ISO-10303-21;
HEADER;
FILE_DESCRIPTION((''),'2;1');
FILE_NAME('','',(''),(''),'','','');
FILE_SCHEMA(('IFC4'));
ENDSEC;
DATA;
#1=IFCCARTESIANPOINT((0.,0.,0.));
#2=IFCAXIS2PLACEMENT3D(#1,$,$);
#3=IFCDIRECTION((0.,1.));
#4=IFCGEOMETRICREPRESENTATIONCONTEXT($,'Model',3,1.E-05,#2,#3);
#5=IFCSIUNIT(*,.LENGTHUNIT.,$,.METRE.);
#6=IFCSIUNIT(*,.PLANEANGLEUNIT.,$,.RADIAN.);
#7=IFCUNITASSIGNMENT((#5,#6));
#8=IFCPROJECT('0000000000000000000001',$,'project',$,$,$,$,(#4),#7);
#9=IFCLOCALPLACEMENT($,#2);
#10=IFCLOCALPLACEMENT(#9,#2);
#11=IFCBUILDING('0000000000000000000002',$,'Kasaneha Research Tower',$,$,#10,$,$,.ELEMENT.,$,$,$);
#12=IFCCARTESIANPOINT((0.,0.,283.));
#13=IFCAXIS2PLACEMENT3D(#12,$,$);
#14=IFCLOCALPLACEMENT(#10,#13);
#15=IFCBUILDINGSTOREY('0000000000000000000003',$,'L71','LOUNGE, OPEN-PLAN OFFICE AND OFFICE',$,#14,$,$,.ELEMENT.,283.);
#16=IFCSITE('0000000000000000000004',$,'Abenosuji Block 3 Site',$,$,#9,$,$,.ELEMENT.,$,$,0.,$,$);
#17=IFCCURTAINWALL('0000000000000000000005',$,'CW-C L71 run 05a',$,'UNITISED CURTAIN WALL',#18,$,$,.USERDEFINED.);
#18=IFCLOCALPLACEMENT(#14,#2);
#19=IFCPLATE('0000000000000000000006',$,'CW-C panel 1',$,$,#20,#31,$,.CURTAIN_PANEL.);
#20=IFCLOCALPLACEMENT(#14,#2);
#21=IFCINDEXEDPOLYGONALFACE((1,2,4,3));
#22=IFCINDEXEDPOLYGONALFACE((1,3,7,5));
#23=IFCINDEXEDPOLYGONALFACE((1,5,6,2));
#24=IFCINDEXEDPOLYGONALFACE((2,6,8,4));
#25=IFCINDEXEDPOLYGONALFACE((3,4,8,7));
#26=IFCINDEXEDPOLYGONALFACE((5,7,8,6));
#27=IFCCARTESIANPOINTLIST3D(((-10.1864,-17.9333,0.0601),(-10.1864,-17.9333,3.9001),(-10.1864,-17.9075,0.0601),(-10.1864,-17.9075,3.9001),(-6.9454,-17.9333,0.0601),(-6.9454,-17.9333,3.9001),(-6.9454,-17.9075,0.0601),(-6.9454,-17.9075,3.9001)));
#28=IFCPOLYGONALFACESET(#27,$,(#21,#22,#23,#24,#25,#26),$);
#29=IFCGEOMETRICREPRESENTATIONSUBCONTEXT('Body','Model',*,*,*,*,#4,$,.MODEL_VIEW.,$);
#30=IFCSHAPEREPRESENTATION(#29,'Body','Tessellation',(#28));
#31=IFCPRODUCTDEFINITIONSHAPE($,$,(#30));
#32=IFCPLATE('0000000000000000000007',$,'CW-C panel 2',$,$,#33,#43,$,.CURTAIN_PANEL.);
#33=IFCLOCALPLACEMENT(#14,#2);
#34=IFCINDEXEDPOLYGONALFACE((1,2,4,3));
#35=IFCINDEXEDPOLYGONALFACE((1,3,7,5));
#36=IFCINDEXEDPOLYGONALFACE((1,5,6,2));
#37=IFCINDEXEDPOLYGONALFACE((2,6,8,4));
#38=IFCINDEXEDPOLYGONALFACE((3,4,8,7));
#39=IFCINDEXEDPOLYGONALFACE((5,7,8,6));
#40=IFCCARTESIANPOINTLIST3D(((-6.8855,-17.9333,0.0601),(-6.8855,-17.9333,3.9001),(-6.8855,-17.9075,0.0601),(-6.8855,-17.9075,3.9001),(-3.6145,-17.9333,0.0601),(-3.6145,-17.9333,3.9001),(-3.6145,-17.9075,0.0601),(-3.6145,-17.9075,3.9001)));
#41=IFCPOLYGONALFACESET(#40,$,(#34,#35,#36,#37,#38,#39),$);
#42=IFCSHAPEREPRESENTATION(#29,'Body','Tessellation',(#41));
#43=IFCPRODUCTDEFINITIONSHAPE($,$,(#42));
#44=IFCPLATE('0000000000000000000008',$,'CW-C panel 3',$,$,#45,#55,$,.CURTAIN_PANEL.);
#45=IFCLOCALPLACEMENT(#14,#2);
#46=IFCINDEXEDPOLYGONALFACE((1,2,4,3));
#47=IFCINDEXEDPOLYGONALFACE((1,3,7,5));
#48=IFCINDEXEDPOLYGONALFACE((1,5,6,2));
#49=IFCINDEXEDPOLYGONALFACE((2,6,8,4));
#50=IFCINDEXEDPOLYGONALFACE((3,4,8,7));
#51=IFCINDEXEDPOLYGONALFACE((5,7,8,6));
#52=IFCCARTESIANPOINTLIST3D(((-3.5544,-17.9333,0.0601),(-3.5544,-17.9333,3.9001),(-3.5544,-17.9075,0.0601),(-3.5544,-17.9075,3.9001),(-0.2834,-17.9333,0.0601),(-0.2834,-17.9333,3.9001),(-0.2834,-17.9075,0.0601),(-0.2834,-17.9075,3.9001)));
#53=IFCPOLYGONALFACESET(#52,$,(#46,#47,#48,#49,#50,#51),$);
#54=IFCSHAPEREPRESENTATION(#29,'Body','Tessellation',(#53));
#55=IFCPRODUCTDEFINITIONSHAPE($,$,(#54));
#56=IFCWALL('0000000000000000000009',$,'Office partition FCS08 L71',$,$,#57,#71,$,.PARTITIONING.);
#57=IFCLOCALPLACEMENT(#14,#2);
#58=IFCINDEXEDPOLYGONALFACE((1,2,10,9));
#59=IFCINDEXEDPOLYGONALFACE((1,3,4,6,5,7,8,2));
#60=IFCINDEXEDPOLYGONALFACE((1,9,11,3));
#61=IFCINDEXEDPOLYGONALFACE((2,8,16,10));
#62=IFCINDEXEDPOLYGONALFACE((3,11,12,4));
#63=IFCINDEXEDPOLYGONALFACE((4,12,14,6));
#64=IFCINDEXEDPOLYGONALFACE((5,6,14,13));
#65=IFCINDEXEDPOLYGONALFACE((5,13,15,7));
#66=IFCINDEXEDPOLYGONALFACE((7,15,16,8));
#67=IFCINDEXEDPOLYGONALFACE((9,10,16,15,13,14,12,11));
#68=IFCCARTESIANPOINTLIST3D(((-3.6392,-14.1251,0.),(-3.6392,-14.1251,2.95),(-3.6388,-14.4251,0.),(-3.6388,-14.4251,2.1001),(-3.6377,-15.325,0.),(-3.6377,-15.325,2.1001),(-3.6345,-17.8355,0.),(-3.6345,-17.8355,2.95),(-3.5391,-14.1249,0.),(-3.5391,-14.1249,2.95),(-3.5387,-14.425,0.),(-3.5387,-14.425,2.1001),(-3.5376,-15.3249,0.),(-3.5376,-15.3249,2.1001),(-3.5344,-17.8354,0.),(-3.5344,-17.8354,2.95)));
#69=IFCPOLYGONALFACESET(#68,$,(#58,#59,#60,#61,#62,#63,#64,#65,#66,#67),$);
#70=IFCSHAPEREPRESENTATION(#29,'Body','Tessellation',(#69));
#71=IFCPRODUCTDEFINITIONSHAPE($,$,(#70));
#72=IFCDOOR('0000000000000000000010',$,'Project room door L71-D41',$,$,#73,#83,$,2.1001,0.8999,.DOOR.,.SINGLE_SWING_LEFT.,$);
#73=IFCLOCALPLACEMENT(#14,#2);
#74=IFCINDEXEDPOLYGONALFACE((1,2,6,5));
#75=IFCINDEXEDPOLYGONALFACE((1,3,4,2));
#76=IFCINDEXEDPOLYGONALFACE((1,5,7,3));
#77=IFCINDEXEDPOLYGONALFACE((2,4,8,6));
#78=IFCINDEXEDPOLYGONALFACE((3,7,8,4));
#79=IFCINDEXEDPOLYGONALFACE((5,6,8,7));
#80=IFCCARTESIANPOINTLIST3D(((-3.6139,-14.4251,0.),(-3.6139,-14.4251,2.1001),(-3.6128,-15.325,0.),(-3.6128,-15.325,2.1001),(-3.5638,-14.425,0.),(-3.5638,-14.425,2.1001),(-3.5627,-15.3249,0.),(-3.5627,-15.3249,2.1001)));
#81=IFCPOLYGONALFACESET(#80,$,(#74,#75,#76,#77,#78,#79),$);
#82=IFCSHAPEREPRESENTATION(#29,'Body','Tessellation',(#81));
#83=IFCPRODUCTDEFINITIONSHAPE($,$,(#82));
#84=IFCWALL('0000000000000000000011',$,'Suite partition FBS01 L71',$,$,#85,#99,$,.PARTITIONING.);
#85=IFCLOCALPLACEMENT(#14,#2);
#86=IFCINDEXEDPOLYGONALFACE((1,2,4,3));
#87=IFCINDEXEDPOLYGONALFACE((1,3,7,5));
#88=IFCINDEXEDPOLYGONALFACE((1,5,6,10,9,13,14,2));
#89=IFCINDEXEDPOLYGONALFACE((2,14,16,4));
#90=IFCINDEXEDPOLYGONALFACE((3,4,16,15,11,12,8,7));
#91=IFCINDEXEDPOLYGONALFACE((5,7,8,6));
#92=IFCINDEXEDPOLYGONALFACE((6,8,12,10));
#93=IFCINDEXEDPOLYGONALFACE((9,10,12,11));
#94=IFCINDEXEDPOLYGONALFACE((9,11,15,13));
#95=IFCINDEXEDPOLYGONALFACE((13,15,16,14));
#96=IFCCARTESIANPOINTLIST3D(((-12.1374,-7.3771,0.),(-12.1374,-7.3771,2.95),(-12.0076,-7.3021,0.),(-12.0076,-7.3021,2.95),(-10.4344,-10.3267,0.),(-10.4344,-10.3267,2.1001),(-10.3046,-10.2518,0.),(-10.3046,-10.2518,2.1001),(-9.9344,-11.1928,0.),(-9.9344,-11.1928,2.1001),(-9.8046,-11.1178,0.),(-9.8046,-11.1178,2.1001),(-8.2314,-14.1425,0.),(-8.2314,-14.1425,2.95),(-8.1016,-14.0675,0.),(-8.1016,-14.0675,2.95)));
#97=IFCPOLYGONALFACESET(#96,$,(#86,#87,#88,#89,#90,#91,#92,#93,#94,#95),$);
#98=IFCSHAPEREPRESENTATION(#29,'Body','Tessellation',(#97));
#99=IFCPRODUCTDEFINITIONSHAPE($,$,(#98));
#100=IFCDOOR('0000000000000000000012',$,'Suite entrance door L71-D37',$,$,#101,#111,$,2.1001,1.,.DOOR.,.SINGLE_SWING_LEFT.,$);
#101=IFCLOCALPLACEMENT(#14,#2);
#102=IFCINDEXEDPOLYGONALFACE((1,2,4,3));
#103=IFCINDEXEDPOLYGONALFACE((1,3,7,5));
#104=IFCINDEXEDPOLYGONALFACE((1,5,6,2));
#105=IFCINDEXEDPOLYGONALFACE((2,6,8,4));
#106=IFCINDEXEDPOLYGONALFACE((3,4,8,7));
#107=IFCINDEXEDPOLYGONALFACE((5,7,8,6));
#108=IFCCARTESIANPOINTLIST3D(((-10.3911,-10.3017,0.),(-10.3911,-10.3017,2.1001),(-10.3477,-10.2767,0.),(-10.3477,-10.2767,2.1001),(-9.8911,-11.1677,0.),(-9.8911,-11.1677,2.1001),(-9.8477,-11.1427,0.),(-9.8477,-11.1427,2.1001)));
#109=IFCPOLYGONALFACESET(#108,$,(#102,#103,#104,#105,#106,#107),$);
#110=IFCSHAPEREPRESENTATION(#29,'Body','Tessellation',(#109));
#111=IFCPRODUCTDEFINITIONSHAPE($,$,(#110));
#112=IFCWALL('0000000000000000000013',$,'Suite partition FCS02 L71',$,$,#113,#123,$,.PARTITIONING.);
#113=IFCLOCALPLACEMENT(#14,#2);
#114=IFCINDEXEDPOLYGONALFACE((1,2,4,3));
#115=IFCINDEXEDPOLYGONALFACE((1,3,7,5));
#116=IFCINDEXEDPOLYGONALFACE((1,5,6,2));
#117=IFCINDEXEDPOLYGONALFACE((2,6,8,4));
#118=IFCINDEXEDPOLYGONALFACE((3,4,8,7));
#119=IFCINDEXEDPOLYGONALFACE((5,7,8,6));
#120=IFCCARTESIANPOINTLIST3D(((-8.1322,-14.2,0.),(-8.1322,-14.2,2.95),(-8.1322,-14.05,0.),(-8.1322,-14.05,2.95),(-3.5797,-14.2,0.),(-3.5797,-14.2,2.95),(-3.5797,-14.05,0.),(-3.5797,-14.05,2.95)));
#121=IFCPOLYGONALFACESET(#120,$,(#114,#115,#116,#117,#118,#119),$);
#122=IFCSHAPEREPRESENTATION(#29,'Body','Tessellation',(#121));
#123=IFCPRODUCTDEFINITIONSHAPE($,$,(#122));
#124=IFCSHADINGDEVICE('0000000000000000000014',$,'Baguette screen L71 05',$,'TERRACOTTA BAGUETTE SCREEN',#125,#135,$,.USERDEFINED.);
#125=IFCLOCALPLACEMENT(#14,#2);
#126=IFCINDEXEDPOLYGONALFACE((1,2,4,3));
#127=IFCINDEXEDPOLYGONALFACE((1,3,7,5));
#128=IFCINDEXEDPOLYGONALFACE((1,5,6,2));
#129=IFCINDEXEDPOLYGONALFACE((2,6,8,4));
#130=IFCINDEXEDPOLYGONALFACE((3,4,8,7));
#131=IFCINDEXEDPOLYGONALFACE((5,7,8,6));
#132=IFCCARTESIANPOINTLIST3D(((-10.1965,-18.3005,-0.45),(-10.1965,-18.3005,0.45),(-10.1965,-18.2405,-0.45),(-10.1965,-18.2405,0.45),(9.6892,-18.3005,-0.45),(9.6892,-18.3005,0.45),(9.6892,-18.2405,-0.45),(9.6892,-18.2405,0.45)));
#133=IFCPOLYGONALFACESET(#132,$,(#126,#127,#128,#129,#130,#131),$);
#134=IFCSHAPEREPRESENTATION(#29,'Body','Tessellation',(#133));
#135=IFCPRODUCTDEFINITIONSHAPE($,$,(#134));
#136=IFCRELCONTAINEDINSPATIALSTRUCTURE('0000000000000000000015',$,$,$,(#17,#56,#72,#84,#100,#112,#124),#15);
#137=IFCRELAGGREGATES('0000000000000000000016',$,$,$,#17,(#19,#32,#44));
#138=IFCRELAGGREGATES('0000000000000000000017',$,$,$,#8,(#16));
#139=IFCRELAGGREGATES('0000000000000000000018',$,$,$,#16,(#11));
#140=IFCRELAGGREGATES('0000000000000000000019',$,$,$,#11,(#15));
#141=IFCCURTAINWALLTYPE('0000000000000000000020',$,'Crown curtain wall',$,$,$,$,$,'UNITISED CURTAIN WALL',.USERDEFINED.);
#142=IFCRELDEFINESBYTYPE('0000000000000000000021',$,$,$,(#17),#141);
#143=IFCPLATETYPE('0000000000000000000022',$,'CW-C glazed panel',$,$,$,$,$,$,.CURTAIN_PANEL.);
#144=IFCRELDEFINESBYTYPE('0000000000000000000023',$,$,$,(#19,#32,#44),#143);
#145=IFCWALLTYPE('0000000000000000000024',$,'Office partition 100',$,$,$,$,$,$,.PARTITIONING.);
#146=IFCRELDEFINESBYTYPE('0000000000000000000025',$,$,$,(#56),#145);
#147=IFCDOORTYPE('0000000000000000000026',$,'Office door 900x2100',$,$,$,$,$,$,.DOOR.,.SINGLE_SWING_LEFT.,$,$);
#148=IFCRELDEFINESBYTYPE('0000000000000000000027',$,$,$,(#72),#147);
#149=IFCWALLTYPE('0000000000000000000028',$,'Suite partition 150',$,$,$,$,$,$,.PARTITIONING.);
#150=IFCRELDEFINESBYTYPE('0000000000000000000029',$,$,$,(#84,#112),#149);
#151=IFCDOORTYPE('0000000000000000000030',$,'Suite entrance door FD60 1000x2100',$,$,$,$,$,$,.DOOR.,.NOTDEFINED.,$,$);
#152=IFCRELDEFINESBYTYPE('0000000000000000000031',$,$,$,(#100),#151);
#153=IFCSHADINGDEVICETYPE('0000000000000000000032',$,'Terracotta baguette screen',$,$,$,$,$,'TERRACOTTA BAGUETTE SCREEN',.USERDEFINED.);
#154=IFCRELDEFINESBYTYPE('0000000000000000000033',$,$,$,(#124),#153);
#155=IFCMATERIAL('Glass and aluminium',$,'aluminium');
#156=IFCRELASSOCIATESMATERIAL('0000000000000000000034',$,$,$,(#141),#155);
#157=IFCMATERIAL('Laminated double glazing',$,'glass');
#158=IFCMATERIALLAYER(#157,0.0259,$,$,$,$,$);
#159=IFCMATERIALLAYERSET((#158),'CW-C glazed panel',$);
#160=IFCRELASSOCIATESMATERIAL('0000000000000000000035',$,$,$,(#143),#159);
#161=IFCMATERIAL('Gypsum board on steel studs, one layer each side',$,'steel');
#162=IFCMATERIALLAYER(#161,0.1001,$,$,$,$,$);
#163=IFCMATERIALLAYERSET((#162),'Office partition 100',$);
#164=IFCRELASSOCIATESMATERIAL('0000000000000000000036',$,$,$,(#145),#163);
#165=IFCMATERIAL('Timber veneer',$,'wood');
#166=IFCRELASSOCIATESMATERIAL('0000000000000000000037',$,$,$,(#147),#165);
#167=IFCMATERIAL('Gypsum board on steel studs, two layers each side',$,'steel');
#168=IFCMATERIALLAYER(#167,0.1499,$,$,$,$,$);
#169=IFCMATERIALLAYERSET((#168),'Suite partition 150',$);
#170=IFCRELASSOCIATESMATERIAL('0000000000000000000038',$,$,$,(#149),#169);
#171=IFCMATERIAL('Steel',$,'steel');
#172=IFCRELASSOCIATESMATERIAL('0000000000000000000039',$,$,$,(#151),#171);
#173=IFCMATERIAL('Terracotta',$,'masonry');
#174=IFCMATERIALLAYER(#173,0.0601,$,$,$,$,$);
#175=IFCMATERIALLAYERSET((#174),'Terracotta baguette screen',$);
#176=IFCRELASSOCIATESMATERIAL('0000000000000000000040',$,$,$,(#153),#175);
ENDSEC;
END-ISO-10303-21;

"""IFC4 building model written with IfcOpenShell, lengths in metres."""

from ifc_helpers import new_model, si_unit, direction, frame, frame_2d, origin, origin_2d, place, context, subcontext, project, spatial, rectangle, extrude, material, layer, layer_set, type_object, element, fill, aggregate, save


model = new_model("IFC4")

# Units and contexts
model_context = context("Model", 3, precision=1e-05, world=origin(), true_north=direction((0.0, 1.0)))
body_context = subcontext(model_context, "Body", "Model", "MODEL_VIEW")
ifc_project = project(units=[si_unit("LENGTHUNIT", "METRE"), si_unit("PLANEANGLEUNIT", "RADIAN")], contexts=[model_context])

# Site, building, storey
site_placement = place(None, origin())
site = spatial("IfcSite", under=ifc_project, at=site_placement, Name="Abenosuji Block 3 Site", CompositionType="ELEMENT", RefElevation=0.0)
building_placement = place(site_placement, origin())
building = spatial("IfcBuilding", under=site, at=building_placement, Name="Kasaneha Research Tower", CompositionType="ELEMENT")
storey_placement = place(building_placement, frame((0.0, 0.0, 283.0)))
storey = spatial("IfcBuildingStorey", under=building, at=storey_placement, Name="L71", Description="LOUNGE, OPEN-PLAN OFFICE AND OFFICE", CompositionType="ELEMENT", Elevation=283.0)

# Curtain wall
ifc_material_1 = material(Name="Glass and aluminium", Category="aluminium")
curtain_wall_type = type_object("IfcCurtainWallType", Name="Crown curtain wall", ElementType="UNITISED CURTAIN WALL", PredefinedType="USERDEFINED", material=ifc_material_1)
curtain_wall_placement = place(storey_placement, origin())
curtain_wall = element("IfcCurtainWall", 1, at=curtain_wall_placement, inside=storey, type_object=curtain_wall_type, Name="CW-C L71 run 05a", ObjectType="UNITISED CURTAIN WALL", PredefinedType="USERDEFINED")

# Plates
ifc_material_2 = material(Name="Laminated double glazing", Category="glass")
ifc_layer_1 = layer(ifc_material_2, 0.0259)
ifc_layer_set_1 = layer_set([ifc_layer_1], Name="CW-C glazed panel")
plate_type = type_object("IfcPlateType", Name="CW-C glazed panel", PredefinedType="CURTAIN_PANEL", material=ifc_layer_set_1)
plate_1_placement = place(storey_placement, frame((-8.5659, -17.9204, 0.0601), z_axis=(0.0, 0.0, 1.0), x_axis=(1.0, 0.0, 0.0)))
plate_1 = element("IfcPlate", 2, at=plate_1_placement, type_object=plate_type, Name="CW-C panel 1", PredefinedType="CURTAIN_PANEL", context=body_context, shape_type="SweptSolid", body=[
    extrude(rectangle(XDim=3.241, YDim=0.0259, at=origin_2d()), origin(), (0.0, 0.0, 1.0), 3.8401),
])
plate_2_placement = place(storey_placement, frame((-5.25, -17.9204, 0.0601), z_axis=(0.0, 0.0, 1.0), x_axis=(1.0, 0.0, 0.0)))
plate_2 = element("IfcPlate", 3, at=plate_2_placement, type_object=plate_type, Name="CW-C panel 2", PredefinedType="CURTAIN_PANEL", context=body_context, shape_type="SweptSolid", body=[
    extrude(rectangle(XDim=3.271, YDim=0.0259, at=origin_2d()), origin(), (0.0, 0.0, 1.0), 3.8401),
])
plate_3_placement = place(storey_placement, frame((-1.9189, -17.9204, 0.0601), z_axis=(0.0, 0.0, 1.0), x_axis=(1.0, 0.0, 0.0)))
plate_3 = element("IfcPlate", 4, at=plate_3_placement, type_object=plate_type, Name="CW-C panel 3", PredefinedType="CURTAIN_PANEL", context=body_context, shape_type="SweptSolid", body=[
    extrude(rectangle(XDim=3.271, YDim=0.0259, at=origin_2d()), origin(), (0.0, 0.0, 1.0), 3.8401),
])
aggregate(curtain_wall, [plate_1, plate_2, plate_3])

# Walls, openings, doors
ifc_material_3 = material(Name="Gypsum board on steel studs, one layer each side", Category="steel")
ifc_layer_2 = layer(ifc_material_3, 0.1001)
ifc_layer_set_2 = layer_set([ifc_layer_2], Name="Office partition 100")
wall_type_1 = type_object("IfcWallType", Name="Office partition 100", PredefinedType="PARTITIONING", material=ifc_layer_set_2)
wall_1_placement = place(storey_placement, frame((-3.5891, -14.125, 0.0), z_axis=(0.0, 0.0, 1.0), x_axis=(0.00125, -0.999999, 0.0)))
wall_1 = element("IfcWall", 5, at=wall_1_placement, inside=storey, type_object=wall_type_1, Name="Office partition FCS08 L71", PredefinedType="PARTITIONING", context=body_context, shape_type="SweptSolid", body=[
    extrude(rectangle(XDim=3.7104, YDim=0.1001, at=frame_2d((1.8552, 0.0))), origin(), (0.0, 0.0, 1.0), 2.95),
])
opening_1_placement = place(wall_1_placement, frame((0.3, 0.0, 0.0)))
opening_1 = element("IfcOpeningElement", 6, at=opening_1_placement, cuts=wall_1, PredefinedType="OPENING", context=body_context, shape_type="SweptSolid", body=[
    extrude(rectangle(XDim=0.8999, YDim=2.1001, at=frame_2d((0.45, 1.05))), frame((0.0, 0.0601, 0.0), z_axis=(0.0, -1.0, 0.0), x_axis=(1.0, 0.0, 0.0)), (0.0, 0.0, 1.0), 0.1201),
])
ifc_material_4 = material(Name="Timber veneer", Category="wood")
door_type_1 = type_object("IfcDoorType", Name="Office door 900x2100", OperationType="SINGLE_SWING_LEFT", PredefinedType="DOOR", material=ifc_material_4)
door_1_placement = place(opening_1_placement, origin())
door_1 = element("IfcDoor", 7, at=door_1_placement, inside=storey, type_object=door_type_1, Name="Project room door L71-D41", OperationType="SINGLE_SWING_LEFT", OverallHeight=2.1001, OverallWidth=0.8999, PredefinedType="DOOR", context=body_context, shape_type="SweptSolid", body=[
    extrude(rectangle(XDim=0.8999, YDim=2.1001, at=frame_2d((0.45, 1.05))), frame((0.0, 0.0249, 0.0), z_axis=(0.0, -1.0, 0.0), x_axis=(1.0, 0.0, 0.0)), (0.0, 0.0, 1.0), 0.05),
])
fill(opening_1, door_1)
ifc_material_5 = material(Name="Gypsum board on steel studs, two layers each side", Category="steel")
ifc_layer_3 = layer(ifc_material_5, 0.1499)
ifc_layer_set_3 = layer_set([ifc_layer_3], Name="Suite partition 150")
wall_type_2 = type_object("IfcWallType", Name="Suite partition 150", PredefinedType="PARTITIONING", material=ifc_layer_set_3)
wall_2_placement = place(storey_placement, frame((-8.1665, -14.105, 0.0), z_axis=(0.0, 0.0, 1.0), x_axis=(-0.500001, 0.866025, 0.0)))
wall_2 = element("IfcWall", 8, at=wall_2_placement, inside=storey, type_object=wall_type_2, Name="Suite partition FBS01 L71", PredefinedType="PARTITIONING", context=body_context, shape_type="SweptSolid", body=[
    extrude(rectangle(XDim=7.812, YDim=0.1499, at=frame_2d((3.906, 0.0))), origin(), (0.0, 0.0, 1.0), 2.95),
])
opening_2_placement = place(wall_2_placement, frame((3.406, 0.0, 0.0)))
opening_2 = element("IfcOpeningElement", 9, at=opening_2_placement, cuts=wall_2, PredefinedType="OPENING", context=body_context, shape_type="SweptSolid", body=[
    extrude(rectangle(XDim=1.0, YDim=2.1001, at=frame_2d((0.5, 1.05))), frame((0.0, 0.085, 0.0), z_axis=(0.0, -1.0, 0.0), x_axis=(1.0, 0.0, 0.0)), (0.0, 0.0, 1.0), 0.1699),
])
ifc_material_6 = material(Name="Steel", Category="steel")
door_type_2 = type_object("IfcDoorType", Name="Suite entrance door FD60 1000x2100", OperationType="NOTDEFINED", PredefinedType="DOOR", material=ifc_material_6)
door_2_placement = place(opening_2_placement, origin())
door_2 = element("IfcDoor", 10, at=door_2_placement, inside=storey, type_object=door_type_2, Name="Suite entrance door L71-D37", OperationType="SINGLE_SWING_LEFT", OverallHeight=2.1001, OverallWidth=1.0, PredefinedType="DOOR", context=body_context, shape_type="SweptSolid", body=[
    extrude(rectangle(XDim=1.0, YDim=2.1001, at=frame_2d((0.5, 1.05))), frame((0.0, 0.0249, 0.0), z_axis=(0.0, -1.0, 0.0), x_axis=(1.0, 0.0, 0.0)), (0.0, 0.0, 1.0), 0.05),
])
fill(opening_2, door_2)

# Wall
wall_3_placement = place(storey_placement, frame((-3.5796, -14.125, 0.0), z_axis=(0.0, 0.0, 1.0), x_axis=(-1.0, 0.0, 0.0)))
element("IfcWall", 11, at=wall_3_placement, inside=storey, type_object=wall_type_2, Name="Suite partition FCS02 L71", PredefinedType="PARTITIONING", context=body_context, shape_type="SweptSolid", body=[
    extrude(rectangle(XDim=4.5525, YDim=0.1499, at=frame_2d((2.2764, 0.0))), origin(), (0.0, 0.0, 1.0), 2.95),
])

# Shading device
ifc_material_7 = material(Name="Terracotta", Category="masonry")
ifc_layer_4 = layer(ifc_material_7, 0.0601)
ifc_layer_set_4 = layer_set([ifc_layer_4], Name="Terracotta baguette screen")
shading_device_type = type_object("IfcShadingDeviceType", Name="Terracotta baguette screen", ElementType="TERRACOTTA BAGUETTE SCREEN", PredefinedType="USERDEFINED", material=ifc_layer_set_4)
shading_device_placement = place(storey_placement, frame((-0.2537, -18.2705, -0.45), z_axis=(0.0, 0.0, 1.0), x_axis=(1.0, 0.0, 0.0)))
element("IfcShadingDevice", 12, at=shading_device_placement, inside=storey, type_object=shading_device_type, Name="Baguette screen L71 05", ObjectType="TERRACOTTA BAGUETTE SCREEN", PredefinedType="USERDEFINED", context=body_context, shape_type="SweptSolid", body=[
    extrude(rectangle(XDim=19.8857, YDim=0.0601, at=origin_2d()), origin(), (0.0, 0.0, 1.0), 0.8999),
])

save(model, "model.ifc")
